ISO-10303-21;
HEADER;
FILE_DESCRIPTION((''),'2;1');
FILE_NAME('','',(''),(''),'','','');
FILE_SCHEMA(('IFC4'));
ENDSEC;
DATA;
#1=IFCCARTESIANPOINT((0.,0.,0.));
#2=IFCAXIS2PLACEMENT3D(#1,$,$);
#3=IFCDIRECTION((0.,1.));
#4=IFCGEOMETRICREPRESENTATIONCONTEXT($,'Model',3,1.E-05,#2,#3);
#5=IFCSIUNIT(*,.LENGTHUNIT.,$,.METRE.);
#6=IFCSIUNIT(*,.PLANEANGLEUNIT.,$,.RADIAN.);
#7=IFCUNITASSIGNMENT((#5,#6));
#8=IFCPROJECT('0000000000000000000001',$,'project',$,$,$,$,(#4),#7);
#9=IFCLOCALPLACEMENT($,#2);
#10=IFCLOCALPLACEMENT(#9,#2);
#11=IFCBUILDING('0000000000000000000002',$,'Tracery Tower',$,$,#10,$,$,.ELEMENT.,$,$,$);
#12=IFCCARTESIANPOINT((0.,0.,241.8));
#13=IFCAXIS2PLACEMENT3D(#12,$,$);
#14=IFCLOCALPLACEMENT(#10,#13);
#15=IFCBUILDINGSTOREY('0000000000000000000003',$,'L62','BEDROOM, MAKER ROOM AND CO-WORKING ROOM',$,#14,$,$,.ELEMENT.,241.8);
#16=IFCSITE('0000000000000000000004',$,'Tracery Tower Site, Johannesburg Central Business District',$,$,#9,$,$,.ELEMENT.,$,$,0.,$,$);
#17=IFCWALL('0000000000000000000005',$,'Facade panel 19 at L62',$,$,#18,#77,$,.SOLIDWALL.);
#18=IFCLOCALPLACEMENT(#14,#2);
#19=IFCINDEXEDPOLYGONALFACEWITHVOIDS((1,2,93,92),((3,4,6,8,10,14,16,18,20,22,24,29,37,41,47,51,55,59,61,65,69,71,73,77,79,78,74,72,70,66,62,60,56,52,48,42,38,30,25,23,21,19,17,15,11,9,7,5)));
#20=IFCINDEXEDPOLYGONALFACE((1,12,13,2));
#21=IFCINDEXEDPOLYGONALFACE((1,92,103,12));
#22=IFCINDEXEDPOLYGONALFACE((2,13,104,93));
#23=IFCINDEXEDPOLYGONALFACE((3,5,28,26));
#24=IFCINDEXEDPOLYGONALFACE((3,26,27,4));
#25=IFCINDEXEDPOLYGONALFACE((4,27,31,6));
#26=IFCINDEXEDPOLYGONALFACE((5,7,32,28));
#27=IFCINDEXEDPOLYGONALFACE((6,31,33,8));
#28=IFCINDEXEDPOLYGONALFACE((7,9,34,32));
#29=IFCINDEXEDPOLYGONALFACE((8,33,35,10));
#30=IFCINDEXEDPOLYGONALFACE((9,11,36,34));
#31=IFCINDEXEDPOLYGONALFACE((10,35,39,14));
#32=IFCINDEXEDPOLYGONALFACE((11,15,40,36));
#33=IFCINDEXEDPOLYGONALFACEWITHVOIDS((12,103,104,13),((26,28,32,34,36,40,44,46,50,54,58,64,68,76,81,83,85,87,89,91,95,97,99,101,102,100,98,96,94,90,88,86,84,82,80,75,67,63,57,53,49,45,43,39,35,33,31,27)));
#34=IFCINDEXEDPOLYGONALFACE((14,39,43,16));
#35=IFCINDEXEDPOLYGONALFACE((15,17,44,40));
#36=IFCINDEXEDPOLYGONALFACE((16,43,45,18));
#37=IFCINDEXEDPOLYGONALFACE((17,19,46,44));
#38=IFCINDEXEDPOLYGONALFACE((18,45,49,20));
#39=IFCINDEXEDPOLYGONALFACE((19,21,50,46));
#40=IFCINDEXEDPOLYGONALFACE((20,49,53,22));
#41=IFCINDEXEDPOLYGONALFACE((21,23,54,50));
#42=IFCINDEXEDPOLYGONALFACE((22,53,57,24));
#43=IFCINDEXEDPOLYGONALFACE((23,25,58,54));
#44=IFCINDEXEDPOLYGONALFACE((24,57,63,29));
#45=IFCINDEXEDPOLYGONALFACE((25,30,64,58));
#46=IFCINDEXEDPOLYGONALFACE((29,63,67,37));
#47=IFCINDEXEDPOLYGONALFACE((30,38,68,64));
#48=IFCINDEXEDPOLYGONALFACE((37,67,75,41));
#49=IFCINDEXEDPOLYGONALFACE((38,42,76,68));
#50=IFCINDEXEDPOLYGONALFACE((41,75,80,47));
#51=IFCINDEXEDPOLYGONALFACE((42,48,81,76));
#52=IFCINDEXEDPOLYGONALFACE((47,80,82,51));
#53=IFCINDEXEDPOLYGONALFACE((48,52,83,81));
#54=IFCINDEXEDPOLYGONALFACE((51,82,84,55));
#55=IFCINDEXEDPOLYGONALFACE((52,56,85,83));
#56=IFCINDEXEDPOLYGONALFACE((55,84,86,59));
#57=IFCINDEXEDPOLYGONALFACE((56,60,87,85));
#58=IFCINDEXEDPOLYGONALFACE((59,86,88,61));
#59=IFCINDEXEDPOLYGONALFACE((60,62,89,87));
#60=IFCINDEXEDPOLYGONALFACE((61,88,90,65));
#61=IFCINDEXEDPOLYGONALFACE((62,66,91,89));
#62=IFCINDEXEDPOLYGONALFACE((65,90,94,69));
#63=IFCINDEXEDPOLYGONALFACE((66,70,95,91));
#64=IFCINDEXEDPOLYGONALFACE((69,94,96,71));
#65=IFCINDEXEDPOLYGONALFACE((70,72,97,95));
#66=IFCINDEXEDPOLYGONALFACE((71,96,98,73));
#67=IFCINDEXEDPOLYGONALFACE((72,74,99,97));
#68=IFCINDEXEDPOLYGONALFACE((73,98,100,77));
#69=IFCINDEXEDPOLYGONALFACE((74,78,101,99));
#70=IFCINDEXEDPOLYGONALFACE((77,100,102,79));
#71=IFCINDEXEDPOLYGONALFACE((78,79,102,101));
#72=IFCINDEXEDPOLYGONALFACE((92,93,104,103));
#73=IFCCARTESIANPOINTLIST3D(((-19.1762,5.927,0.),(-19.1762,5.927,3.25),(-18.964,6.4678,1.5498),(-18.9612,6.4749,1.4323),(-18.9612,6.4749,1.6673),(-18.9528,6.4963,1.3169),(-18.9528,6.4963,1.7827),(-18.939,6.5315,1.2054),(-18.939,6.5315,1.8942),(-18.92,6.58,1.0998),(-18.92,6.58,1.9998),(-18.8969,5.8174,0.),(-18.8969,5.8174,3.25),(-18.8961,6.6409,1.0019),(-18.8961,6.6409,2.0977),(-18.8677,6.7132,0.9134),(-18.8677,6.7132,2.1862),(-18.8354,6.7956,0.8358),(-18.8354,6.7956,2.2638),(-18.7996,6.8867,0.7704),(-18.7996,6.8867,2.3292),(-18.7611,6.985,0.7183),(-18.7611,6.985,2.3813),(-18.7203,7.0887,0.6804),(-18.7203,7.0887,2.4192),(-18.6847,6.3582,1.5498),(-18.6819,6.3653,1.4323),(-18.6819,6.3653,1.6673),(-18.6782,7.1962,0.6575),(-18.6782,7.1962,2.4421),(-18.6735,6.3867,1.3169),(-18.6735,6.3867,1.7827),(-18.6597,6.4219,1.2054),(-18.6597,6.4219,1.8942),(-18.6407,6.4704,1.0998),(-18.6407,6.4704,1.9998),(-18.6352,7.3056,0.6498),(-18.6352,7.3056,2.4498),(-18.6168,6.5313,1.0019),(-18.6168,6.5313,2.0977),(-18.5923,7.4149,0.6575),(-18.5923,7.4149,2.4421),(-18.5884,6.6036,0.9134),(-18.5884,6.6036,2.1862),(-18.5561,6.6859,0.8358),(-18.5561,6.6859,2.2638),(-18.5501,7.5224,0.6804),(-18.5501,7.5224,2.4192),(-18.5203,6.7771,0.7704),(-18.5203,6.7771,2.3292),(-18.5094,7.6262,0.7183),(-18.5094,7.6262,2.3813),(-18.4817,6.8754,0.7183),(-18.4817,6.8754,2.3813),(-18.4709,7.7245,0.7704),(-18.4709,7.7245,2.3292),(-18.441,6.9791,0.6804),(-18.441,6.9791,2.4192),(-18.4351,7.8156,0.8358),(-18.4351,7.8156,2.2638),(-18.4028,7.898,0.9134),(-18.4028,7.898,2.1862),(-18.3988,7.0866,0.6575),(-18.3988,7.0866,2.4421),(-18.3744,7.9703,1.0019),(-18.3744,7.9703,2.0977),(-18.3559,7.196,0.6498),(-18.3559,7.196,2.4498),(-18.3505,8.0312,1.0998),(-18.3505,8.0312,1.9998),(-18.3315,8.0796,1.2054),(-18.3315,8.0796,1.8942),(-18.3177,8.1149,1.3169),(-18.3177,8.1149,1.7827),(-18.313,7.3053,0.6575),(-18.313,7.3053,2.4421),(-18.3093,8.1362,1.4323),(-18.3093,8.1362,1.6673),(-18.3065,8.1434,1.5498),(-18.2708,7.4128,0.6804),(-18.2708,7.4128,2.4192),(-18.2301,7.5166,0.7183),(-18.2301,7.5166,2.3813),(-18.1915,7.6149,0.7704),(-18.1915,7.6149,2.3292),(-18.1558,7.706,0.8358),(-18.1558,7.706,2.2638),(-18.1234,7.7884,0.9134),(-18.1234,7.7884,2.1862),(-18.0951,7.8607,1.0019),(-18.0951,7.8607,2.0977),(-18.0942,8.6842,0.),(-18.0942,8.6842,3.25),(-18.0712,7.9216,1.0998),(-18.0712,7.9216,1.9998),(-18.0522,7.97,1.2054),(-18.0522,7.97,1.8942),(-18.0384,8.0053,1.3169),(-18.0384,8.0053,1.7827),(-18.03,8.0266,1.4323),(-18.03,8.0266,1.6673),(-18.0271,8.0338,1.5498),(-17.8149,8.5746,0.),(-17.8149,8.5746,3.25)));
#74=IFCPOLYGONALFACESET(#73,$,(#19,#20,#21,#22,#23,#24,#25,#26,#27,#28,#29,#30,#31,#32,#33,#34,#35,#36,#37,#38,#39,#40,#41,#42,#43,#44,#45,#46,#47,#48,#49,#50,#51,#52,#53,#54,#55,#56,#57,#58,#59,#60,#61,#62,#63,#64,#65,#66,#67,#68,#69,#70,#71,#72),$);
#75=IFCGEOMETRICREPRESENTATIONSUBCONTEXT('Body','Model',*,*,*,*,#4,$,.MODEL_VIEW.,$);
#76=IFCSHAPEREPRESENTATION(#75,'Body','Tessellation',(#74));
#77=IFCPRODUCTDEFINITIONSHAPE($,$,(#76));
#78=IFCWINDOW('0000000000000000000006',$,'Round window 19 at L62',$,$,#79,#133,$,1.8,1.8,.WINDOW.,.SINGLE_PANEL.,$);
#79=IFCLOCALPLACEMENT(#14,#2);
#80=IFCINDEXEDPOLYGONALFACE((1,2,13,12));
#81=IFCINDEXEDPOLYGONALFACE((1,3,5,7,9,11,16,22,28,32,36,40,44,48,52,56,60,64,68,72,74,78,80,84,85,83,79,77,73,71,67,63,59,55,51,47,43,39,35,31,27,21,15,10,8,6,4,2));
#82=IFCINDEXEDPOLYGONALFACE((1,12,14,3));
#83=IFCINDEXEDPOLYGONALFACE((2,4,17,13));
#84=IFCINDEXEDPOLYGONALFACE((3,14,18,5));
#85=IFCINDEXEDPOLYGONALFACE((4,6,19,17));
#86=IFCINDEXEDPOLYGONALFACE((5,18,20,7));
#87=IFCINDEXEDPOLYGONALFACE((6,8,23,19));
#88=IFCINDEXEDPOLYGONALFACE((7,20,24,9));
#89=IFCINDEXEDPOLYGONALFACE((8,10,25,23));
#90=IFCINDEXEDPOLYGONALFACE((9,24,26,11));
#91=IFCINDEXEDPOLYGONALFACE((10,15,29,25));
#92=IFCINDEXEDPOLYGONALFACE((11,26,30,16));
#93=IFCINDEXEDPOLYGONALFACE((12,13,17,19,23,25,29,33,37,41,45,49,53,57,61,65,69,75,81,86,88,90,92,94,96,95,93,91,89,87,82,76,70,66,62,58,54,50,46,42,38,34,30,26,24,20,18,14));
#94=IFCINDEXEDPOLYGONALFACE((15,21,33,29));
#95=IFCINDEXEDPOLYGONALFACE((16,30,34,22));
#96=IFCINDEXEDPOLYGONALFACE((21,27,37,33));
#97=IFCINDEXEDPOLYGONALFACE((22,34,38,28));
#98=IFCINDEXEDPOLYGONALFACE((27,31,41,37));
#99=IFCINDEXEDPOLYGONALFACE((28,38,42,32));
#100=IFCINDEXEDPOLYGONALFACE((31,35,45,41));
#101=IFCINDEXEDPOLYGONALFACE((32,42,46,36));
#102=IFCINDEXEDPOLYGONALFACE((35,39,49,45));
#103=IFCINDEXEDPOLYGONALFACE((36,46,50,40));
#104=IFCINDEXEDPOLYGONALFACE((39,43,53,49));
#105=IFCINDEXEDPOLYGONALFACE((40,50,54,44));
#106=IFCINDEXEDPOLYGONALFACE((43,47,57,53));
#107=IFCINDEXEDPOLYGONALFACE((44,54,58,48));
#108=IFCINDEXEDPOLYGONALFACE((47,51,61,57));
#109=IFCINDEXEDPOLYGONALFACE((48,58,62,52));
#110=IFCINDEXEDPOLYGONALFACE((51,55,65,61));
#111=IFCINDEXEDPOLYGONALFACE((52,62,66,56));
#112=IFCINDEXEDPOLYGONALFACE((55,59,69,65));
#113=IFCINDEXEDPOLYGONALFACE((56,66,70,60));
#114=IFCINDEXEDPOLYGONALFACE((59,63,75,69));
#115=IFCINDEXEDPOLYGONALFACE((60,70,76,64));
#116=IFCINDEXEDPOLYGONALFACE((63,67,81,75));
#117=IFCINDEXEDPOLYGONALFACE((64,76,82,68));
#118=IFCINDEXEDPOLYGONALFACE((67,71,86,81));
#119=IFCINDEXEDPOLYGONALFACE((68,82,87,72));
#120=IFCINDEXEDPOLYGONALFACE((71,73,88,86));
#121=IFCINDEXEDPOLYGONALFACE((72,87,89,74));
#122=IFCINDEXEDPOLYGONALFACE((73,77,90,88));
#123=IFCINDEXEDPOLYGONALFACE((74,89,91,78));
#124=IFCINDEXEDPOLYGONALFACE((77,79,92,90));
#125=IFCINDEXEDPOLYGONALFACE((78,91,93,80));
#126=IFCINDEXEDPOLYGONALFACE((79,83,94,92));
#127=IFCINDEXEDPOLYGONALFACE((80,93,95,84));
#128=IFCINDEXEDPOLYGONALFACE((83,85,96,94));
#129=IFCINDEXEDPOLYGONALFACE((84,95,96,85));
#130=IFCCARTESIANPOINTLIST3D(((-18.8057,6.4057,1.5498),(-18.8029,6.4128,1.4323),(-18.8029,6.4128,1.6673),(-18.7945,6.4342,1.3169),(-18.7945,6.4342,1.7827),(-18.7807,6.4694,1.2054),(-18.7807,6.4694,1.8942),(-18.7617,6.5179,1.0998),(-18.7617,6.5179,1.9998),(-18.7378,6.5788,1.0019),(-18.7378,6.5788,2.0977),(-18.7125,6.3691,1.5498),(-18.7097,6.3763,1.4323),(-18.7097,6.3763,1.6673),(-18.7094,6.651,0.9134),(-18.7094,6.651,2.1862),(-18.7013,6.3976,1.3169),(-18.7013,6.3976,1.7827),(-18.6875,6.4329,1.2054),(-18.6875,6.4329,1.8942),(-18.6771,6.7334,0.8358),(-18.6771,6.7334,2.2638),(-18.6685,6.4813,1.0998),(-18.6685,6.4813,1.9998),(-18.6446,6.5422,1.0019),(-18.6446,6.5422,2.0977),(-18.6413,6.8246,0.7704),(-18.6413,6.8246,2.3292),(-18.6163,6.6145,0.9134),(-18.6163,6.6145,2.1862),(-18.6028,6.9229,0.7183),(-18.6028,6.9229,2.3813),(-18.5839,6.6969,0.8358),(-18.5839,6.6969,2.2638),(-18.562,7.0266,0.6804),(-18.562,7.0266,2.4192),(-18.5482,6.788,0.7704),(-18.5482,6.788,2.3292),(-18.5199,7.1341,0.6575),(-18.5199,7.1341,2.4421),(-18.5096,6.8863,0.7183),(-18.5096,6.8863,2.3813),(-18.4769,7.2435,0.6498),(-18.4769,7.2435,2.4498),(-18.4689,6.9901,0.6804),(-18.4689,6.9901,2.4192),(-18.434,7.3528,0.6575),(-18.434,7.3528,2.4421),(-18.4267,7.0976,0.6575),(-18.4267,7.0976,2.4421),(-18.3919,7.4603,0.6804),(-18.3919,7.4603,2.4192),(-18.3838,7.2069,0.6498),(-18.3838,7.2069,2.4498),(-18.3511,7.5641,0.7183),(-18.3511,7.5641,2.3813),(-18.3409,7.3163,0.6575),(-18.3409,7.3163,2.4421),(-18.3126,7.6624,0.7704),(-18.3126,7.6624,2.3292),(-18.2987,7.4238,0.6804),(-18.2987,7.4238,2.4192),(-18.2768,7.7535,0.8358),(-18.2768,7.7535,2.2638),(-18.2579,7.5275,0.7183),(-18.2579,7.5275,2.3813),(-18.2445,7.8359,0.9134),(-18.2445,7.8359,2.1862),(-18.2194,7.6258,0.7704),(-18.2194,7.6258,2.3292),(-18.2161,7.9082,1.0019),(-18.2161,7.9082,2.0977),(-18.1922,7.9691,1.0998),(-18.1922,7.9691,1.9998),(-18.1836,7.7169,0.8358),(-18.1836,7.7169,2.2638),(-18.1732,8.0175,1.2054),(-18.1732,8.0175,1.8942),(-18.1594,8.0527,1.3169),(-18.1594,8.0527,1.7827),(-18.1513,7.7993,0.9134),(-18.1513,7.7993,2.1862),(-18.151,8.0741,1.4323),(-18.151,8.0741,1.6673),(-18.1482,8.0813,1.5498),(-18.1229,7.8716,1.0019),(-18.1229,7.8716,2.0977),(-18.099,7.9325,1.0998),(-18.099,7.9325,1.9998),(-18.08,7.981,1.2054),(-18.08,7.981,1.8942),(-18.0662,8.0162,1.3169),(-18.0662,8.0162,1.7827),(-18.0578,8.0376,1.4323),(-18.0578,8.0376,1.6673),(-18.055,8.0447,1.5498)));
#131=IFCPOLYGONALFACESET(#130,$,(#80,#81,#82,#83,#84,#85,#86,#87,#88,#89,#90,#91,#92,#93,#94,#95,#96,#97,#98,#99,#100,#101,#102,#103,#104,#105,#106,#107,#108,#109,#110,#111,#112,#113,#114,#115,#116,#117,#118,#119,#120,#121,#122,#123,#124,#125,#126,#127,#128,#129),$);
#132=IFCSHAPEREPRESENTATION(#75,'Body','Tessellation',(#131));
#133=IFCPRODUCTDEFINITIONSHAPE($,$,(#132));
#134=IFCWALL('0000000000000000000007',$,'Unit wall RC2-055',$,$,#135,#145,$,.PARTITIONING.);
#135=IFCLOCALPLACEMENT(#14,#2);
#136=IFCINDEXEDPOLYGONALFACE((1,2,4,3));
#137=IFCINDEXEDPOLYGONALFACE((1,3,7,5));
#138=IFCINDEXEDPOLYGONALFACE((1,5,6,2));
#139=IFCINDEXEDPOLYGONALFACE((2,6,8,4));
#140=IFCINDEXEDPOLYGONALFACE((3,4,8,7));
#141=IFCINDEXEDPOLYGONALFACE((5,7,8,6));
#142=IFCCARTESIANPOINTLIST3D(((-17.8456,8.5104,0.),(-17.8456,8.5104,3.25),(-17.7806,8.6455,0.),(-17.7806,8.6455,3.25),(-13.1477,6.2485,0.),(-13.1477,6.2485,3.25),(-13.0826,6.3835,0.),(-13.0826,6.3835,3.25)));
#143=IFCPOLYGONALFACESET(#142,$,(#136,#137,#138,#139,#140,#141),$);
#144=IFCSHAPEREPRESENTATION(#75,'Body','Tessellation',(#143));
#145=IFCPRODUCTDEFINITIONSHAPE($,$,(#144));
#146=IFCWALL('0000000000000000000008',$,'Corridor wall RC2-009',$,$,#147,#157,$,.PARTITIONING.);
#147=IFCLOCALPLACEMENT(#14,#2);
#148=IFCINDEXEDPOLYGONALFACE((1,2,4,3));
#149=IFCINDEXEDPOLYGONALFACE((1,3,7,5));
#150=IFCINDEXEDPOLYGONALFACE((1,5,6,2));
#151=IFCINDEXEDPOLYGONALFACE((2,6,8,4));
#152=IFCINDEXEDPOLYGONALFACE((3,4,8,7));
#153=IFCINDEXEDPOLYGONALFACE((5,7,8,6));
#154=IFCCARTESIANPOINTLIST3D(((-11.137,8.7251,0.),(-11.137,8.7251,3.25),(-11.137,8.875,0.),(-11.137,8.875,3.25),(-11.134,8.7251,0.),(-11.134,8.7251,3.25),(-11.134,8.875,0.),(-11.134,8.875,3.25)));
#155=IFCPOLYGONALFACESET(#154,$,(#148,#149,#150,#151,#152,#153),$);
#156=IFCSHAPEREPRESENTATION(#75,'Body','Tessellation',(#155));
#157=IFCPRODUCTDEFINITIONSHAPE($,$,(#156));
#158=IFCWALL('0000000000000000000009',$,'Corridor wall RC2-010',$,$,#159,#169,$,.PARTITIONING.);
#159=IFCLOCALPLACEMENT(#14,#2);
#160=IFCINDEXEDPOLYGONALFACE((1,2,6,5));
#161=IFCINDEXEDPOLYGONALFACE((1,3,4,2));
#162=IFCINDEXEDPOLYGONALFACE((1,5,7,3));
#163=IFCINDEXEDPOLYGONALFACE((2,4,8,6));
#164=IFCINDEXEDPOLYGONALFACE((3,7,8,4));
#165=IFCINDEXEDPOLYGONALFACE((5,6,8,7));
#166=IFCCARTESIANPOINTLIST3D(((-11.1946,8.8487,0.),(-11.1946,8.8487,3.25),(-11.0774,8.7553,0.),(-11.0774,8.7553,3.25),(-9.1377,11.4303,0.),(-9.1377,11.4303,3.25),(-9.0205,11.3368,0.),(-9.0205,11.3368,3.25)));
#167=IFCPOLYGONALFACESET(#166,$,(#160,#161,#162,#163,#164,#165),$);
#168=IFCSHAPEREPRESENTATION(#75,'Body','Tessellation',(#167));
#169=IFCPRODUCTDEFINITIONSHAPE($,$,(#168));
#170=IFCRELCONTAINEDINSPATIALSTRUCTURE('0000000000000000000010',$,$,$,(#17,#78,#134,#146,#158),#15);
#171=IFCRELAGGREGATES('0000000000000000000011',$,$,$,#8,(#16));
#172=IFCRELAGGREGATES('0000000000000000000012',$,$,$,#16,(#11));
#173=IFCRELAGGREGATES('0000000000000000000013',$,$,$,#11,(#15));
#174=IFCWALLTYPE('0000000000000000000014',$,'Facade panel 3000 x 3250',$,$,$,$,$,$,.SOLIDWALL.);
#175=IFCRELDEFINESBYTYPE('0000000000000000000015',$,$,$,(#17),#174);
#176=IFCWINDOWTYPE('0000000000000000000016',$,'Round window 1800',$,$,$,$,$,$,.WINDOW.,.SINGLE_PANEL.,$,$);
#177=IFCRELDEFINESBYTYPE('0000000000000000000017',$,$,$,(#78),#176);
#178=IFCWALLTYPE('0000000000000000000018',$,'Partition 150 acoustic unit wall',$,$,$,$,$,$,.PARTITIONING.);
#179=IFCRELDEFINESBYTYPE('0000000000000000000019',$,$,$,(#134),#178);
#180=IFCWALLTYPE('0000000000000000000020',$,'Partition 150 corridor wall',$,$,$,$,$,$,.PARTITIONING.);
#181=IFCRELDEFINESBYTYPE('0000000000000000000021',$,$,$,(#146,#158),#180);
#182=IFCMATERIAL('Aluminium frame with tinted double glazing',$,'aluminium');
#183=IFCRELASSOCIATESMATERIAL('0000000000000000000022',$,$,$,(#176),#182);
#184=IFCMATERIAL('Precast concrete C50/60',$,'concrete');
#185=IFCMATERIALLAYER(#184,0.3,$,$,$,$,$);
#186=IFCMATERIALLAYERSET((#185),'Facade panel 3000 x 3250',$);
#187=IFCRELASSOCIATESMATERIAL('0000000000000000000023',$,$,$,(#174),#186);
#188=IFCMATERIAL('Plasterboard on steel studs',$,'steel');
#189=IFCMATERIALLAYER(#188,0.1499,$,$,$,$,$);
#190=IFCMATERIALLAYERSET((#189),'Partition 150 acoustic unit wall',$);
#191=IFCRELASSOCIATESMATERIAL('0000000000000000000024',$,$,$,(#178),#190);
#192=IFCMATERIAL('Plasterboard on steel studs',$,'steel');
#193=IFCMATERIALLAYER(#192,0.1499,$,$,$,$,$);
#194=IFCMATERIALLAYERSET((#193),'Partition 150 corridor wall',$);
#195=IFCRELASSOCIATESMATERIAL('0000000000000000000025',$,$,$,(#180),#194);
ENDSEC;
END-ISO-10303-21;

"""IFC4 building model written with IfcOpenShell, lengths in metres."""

from ifc_helpers import new_model, si_unit, direction, frame, frame_2d, origin, origin_2d, place, context, subcontext, project, spatial, rectangle, circle, extrude, material, layer, layer_set, type_object, element, fill, save


model = new_model("IFC4")

# Units and contexts
model_context = context("Model", 3, precision=1e-05, world=origin(), true_north=direction((0.0, 1.0)))
body_context = subcontext(model_context, "Body", "Model", "MODEL_VIEW")
ifc_project = project(units=[si_unit("LENGTHUNIT", "METRE"), si_unit("PLANEANGLEUNIT", "RADIAN")], contexts=[model_context])

# Site, building, storey
site_placement = place(None, origin())
site = spatial("IfcSite", under=ifc_project, at=site_placement, Name="Tracery Tower Site, Johannesburg Central Business District", CompositionType="ELEMENT", RefElevation=0.0)
building_placement = place(site_placement, origin())
building = spatial("IfcBuilding", under=site, at=building_placement, Name="Tracery Tower", CompositionType="ELEMENT")
storey_placement = place(building_placement, frame((0.0, 0.0, 241.8)))
storey = spatial("IfcBuildingStorey", under=building, at=storey_placement, Name="L62", Description="BEDROOM, MAKER ROOM AND CO-WORKING ROOM", CompositionType="ELEMENT", Elevation=241.8)

# Wall, opening, window
ifc_material_1 = material(Name="Aluminium frame with tinted double glazing", Category="aluminium")
window_type = type_object("IfcWindowType", Name="Round window 1800", PartitioningType="SINGLE_PANEL", PredefinedType="WINDOW", material=ifc_material_1)
ifc_material_2 = material(Name="Precast concrete C50/60", Category="concrete")
ifc_layer_1 = layer(ifc_material_2, 0.3)
ifc_layer_set_1 = layer_set([ifc_layer_1], Name="Facade panel 3000 x 3250")
wall_type_1 = type_object("IfcWallType", Name="Facade panel 3000 x 3250", PredefinedType="SOLIDWALL", material=ifc_layer_set_1)
wall_1_placement = place(storey_placement, frame((-17.9546, 8.6294, 0.0), z_axis=(0.0, 0.0, 1.0), x_axis=(-0.3653, -0.93089, 0.0)))
wall_1 = element("IfcWall", 1, at=wall_1_placement, inside=storey, type_object=wall_type_1, Name="Facade panel 19 at L62", PredefinedType="SOLIDWALL", context=body_context, shape_type="SweptSolid", body=[
    extrude(rectangle(XDim=2.9619, YDim=0.3, at=frame_2d((1.481, 0.0))), origin(), (0.0, 0.0, 1.0), 3.25),
])
opening_1_placement = place(wall_1_placement, frame((1.481, 0.0, 1.5498)))
opening_1 = element("IfcOpeningElement", 2, at=opening_1_placement, cuts=wall_1, PredefinedType="OPENING", context=body_context, shape_type="SweptSolid", body=[
    extrude(circle(Radius=0.9, at=origin_2d()), frame((0.0, 0.1599, 0.0), z_axis=(0.0, -1.0, 0.0), x_axis=(1.0, 0.0, 0.0)), (0.0, 0.0, 1.0), 0.3201),
])
window_1_placement = place(opening_1_placement, origin())
window_1 = element("IfcWindow", 3, at=window_1_placement, inside=storey, type_object=window_type, Name="Round window 19 at L62", OverallHeight=1.8, OverallWidth=1.8, PartitioningType="SINGLE_PANEL", PredefinedType="WINDOW", context=body_context, shape_type="SweptSolid", body=[
    extrude(circle(Radius=0.9, at=origin_2d()), frame((0.0, 0.1201, 0.0), z_axis=(0.0, -1.0, 0.0), x_axis=(1.0, 0.0, 0.0)), (0.0, 0.0, 1.0), 0.1001),
])
fill(opening_1, window_1)

# Walls
ifc_material_3 = material(Name="Plasterboard on steel studs", Category="steel")
ifc_layer_2 = layer(ifc_material_3, 0.1499)
ifc_layer_set_2 = layer_set([ifc_layer_2], Name="Partition 150 acoustic unit wall")
wall_type_2 = type_object("IfcWallType", Name="Partition 150 acoustic unit wall", PredefinedType="PARTITIONING", material=ifc_layer_set_2)
wall_2_placement = place(storey_placement, frame((-17.813, 8.5779, 0.0), z_axis=(0.0, 0.0, 1.0), x_axis=(0.901004, -0.43381, 0.0)))
element("IfcWall", 4, at=wall_2_placement, inside=storey, type_object=wall_type_2, Name="Unit wall RC2-055", PredefinedType="PARTITIONING", context=body_context, shape_type="SweptSolid", body=[
    extrude(rectangle(XDim=5.2141, YDim=0.1499, at=frame_2d((2.6069, 0.0))), origin(), (0.0, 0.0, 1.0), 3.25),
])
ifc_material_4 = material(Name="Plasterboard on steel studs", Category="steel")
ifc_layer_3 = layer(ifc_material_4, 0.1499)
ifc_layer_set_3 = layer_set([ifc_layer_3], Name="Partition 150 corridor wall")
wall_type_3 = type_object("IfcWallType", Name="Partition 150 corridor wall", PredefinedType="PARTITIONING", material=ifc_layer_set_3)
wall_3_placement = place(storey_placement, frame((-11.134, 8.8, 0.0), z_axis=(0.0, 0.0, 1.0), x_axis=(-1.0, 0.0, 0.0)))
element("IfcWall", 5, at=wall_3_placement, inside=storey, type_object=wall_type_3, Name="Corridor wall RC2-009", PredefinedType="PARTITIONING", context=body_context, shape_type="SweptSolid", body=[
    extrude(rectangle(XDim=0.0029, YDim=0.1499, at=frame_2d((0.0015, 0.0))), origin(), (0.0, 0.0, 1.0), 3.25),
])
wall_4_placement = place(storey_placement, frame((-11.136, 8.802, 0.0), z_axis=(0.0, 0.0, 1.0), x_axis=(0.623151, 0.782101, 0.0)))
element("IfcWall", 6, at=wall_4_placement, inside=storey, type_object=wall_type_3, Name="Corridor wall RC2-010", PredefinedType="PARTITIONING", context=body_context, shape_type="SweptSolid", body=[
    extrude(rectangle(XDim=3.3008, YDim=0.1499, at=frame_2d((1.6504, 0.0))), origin(), (0.0, 0.0, 1.0), 3.25),
])

save(model, "model.ifc")
